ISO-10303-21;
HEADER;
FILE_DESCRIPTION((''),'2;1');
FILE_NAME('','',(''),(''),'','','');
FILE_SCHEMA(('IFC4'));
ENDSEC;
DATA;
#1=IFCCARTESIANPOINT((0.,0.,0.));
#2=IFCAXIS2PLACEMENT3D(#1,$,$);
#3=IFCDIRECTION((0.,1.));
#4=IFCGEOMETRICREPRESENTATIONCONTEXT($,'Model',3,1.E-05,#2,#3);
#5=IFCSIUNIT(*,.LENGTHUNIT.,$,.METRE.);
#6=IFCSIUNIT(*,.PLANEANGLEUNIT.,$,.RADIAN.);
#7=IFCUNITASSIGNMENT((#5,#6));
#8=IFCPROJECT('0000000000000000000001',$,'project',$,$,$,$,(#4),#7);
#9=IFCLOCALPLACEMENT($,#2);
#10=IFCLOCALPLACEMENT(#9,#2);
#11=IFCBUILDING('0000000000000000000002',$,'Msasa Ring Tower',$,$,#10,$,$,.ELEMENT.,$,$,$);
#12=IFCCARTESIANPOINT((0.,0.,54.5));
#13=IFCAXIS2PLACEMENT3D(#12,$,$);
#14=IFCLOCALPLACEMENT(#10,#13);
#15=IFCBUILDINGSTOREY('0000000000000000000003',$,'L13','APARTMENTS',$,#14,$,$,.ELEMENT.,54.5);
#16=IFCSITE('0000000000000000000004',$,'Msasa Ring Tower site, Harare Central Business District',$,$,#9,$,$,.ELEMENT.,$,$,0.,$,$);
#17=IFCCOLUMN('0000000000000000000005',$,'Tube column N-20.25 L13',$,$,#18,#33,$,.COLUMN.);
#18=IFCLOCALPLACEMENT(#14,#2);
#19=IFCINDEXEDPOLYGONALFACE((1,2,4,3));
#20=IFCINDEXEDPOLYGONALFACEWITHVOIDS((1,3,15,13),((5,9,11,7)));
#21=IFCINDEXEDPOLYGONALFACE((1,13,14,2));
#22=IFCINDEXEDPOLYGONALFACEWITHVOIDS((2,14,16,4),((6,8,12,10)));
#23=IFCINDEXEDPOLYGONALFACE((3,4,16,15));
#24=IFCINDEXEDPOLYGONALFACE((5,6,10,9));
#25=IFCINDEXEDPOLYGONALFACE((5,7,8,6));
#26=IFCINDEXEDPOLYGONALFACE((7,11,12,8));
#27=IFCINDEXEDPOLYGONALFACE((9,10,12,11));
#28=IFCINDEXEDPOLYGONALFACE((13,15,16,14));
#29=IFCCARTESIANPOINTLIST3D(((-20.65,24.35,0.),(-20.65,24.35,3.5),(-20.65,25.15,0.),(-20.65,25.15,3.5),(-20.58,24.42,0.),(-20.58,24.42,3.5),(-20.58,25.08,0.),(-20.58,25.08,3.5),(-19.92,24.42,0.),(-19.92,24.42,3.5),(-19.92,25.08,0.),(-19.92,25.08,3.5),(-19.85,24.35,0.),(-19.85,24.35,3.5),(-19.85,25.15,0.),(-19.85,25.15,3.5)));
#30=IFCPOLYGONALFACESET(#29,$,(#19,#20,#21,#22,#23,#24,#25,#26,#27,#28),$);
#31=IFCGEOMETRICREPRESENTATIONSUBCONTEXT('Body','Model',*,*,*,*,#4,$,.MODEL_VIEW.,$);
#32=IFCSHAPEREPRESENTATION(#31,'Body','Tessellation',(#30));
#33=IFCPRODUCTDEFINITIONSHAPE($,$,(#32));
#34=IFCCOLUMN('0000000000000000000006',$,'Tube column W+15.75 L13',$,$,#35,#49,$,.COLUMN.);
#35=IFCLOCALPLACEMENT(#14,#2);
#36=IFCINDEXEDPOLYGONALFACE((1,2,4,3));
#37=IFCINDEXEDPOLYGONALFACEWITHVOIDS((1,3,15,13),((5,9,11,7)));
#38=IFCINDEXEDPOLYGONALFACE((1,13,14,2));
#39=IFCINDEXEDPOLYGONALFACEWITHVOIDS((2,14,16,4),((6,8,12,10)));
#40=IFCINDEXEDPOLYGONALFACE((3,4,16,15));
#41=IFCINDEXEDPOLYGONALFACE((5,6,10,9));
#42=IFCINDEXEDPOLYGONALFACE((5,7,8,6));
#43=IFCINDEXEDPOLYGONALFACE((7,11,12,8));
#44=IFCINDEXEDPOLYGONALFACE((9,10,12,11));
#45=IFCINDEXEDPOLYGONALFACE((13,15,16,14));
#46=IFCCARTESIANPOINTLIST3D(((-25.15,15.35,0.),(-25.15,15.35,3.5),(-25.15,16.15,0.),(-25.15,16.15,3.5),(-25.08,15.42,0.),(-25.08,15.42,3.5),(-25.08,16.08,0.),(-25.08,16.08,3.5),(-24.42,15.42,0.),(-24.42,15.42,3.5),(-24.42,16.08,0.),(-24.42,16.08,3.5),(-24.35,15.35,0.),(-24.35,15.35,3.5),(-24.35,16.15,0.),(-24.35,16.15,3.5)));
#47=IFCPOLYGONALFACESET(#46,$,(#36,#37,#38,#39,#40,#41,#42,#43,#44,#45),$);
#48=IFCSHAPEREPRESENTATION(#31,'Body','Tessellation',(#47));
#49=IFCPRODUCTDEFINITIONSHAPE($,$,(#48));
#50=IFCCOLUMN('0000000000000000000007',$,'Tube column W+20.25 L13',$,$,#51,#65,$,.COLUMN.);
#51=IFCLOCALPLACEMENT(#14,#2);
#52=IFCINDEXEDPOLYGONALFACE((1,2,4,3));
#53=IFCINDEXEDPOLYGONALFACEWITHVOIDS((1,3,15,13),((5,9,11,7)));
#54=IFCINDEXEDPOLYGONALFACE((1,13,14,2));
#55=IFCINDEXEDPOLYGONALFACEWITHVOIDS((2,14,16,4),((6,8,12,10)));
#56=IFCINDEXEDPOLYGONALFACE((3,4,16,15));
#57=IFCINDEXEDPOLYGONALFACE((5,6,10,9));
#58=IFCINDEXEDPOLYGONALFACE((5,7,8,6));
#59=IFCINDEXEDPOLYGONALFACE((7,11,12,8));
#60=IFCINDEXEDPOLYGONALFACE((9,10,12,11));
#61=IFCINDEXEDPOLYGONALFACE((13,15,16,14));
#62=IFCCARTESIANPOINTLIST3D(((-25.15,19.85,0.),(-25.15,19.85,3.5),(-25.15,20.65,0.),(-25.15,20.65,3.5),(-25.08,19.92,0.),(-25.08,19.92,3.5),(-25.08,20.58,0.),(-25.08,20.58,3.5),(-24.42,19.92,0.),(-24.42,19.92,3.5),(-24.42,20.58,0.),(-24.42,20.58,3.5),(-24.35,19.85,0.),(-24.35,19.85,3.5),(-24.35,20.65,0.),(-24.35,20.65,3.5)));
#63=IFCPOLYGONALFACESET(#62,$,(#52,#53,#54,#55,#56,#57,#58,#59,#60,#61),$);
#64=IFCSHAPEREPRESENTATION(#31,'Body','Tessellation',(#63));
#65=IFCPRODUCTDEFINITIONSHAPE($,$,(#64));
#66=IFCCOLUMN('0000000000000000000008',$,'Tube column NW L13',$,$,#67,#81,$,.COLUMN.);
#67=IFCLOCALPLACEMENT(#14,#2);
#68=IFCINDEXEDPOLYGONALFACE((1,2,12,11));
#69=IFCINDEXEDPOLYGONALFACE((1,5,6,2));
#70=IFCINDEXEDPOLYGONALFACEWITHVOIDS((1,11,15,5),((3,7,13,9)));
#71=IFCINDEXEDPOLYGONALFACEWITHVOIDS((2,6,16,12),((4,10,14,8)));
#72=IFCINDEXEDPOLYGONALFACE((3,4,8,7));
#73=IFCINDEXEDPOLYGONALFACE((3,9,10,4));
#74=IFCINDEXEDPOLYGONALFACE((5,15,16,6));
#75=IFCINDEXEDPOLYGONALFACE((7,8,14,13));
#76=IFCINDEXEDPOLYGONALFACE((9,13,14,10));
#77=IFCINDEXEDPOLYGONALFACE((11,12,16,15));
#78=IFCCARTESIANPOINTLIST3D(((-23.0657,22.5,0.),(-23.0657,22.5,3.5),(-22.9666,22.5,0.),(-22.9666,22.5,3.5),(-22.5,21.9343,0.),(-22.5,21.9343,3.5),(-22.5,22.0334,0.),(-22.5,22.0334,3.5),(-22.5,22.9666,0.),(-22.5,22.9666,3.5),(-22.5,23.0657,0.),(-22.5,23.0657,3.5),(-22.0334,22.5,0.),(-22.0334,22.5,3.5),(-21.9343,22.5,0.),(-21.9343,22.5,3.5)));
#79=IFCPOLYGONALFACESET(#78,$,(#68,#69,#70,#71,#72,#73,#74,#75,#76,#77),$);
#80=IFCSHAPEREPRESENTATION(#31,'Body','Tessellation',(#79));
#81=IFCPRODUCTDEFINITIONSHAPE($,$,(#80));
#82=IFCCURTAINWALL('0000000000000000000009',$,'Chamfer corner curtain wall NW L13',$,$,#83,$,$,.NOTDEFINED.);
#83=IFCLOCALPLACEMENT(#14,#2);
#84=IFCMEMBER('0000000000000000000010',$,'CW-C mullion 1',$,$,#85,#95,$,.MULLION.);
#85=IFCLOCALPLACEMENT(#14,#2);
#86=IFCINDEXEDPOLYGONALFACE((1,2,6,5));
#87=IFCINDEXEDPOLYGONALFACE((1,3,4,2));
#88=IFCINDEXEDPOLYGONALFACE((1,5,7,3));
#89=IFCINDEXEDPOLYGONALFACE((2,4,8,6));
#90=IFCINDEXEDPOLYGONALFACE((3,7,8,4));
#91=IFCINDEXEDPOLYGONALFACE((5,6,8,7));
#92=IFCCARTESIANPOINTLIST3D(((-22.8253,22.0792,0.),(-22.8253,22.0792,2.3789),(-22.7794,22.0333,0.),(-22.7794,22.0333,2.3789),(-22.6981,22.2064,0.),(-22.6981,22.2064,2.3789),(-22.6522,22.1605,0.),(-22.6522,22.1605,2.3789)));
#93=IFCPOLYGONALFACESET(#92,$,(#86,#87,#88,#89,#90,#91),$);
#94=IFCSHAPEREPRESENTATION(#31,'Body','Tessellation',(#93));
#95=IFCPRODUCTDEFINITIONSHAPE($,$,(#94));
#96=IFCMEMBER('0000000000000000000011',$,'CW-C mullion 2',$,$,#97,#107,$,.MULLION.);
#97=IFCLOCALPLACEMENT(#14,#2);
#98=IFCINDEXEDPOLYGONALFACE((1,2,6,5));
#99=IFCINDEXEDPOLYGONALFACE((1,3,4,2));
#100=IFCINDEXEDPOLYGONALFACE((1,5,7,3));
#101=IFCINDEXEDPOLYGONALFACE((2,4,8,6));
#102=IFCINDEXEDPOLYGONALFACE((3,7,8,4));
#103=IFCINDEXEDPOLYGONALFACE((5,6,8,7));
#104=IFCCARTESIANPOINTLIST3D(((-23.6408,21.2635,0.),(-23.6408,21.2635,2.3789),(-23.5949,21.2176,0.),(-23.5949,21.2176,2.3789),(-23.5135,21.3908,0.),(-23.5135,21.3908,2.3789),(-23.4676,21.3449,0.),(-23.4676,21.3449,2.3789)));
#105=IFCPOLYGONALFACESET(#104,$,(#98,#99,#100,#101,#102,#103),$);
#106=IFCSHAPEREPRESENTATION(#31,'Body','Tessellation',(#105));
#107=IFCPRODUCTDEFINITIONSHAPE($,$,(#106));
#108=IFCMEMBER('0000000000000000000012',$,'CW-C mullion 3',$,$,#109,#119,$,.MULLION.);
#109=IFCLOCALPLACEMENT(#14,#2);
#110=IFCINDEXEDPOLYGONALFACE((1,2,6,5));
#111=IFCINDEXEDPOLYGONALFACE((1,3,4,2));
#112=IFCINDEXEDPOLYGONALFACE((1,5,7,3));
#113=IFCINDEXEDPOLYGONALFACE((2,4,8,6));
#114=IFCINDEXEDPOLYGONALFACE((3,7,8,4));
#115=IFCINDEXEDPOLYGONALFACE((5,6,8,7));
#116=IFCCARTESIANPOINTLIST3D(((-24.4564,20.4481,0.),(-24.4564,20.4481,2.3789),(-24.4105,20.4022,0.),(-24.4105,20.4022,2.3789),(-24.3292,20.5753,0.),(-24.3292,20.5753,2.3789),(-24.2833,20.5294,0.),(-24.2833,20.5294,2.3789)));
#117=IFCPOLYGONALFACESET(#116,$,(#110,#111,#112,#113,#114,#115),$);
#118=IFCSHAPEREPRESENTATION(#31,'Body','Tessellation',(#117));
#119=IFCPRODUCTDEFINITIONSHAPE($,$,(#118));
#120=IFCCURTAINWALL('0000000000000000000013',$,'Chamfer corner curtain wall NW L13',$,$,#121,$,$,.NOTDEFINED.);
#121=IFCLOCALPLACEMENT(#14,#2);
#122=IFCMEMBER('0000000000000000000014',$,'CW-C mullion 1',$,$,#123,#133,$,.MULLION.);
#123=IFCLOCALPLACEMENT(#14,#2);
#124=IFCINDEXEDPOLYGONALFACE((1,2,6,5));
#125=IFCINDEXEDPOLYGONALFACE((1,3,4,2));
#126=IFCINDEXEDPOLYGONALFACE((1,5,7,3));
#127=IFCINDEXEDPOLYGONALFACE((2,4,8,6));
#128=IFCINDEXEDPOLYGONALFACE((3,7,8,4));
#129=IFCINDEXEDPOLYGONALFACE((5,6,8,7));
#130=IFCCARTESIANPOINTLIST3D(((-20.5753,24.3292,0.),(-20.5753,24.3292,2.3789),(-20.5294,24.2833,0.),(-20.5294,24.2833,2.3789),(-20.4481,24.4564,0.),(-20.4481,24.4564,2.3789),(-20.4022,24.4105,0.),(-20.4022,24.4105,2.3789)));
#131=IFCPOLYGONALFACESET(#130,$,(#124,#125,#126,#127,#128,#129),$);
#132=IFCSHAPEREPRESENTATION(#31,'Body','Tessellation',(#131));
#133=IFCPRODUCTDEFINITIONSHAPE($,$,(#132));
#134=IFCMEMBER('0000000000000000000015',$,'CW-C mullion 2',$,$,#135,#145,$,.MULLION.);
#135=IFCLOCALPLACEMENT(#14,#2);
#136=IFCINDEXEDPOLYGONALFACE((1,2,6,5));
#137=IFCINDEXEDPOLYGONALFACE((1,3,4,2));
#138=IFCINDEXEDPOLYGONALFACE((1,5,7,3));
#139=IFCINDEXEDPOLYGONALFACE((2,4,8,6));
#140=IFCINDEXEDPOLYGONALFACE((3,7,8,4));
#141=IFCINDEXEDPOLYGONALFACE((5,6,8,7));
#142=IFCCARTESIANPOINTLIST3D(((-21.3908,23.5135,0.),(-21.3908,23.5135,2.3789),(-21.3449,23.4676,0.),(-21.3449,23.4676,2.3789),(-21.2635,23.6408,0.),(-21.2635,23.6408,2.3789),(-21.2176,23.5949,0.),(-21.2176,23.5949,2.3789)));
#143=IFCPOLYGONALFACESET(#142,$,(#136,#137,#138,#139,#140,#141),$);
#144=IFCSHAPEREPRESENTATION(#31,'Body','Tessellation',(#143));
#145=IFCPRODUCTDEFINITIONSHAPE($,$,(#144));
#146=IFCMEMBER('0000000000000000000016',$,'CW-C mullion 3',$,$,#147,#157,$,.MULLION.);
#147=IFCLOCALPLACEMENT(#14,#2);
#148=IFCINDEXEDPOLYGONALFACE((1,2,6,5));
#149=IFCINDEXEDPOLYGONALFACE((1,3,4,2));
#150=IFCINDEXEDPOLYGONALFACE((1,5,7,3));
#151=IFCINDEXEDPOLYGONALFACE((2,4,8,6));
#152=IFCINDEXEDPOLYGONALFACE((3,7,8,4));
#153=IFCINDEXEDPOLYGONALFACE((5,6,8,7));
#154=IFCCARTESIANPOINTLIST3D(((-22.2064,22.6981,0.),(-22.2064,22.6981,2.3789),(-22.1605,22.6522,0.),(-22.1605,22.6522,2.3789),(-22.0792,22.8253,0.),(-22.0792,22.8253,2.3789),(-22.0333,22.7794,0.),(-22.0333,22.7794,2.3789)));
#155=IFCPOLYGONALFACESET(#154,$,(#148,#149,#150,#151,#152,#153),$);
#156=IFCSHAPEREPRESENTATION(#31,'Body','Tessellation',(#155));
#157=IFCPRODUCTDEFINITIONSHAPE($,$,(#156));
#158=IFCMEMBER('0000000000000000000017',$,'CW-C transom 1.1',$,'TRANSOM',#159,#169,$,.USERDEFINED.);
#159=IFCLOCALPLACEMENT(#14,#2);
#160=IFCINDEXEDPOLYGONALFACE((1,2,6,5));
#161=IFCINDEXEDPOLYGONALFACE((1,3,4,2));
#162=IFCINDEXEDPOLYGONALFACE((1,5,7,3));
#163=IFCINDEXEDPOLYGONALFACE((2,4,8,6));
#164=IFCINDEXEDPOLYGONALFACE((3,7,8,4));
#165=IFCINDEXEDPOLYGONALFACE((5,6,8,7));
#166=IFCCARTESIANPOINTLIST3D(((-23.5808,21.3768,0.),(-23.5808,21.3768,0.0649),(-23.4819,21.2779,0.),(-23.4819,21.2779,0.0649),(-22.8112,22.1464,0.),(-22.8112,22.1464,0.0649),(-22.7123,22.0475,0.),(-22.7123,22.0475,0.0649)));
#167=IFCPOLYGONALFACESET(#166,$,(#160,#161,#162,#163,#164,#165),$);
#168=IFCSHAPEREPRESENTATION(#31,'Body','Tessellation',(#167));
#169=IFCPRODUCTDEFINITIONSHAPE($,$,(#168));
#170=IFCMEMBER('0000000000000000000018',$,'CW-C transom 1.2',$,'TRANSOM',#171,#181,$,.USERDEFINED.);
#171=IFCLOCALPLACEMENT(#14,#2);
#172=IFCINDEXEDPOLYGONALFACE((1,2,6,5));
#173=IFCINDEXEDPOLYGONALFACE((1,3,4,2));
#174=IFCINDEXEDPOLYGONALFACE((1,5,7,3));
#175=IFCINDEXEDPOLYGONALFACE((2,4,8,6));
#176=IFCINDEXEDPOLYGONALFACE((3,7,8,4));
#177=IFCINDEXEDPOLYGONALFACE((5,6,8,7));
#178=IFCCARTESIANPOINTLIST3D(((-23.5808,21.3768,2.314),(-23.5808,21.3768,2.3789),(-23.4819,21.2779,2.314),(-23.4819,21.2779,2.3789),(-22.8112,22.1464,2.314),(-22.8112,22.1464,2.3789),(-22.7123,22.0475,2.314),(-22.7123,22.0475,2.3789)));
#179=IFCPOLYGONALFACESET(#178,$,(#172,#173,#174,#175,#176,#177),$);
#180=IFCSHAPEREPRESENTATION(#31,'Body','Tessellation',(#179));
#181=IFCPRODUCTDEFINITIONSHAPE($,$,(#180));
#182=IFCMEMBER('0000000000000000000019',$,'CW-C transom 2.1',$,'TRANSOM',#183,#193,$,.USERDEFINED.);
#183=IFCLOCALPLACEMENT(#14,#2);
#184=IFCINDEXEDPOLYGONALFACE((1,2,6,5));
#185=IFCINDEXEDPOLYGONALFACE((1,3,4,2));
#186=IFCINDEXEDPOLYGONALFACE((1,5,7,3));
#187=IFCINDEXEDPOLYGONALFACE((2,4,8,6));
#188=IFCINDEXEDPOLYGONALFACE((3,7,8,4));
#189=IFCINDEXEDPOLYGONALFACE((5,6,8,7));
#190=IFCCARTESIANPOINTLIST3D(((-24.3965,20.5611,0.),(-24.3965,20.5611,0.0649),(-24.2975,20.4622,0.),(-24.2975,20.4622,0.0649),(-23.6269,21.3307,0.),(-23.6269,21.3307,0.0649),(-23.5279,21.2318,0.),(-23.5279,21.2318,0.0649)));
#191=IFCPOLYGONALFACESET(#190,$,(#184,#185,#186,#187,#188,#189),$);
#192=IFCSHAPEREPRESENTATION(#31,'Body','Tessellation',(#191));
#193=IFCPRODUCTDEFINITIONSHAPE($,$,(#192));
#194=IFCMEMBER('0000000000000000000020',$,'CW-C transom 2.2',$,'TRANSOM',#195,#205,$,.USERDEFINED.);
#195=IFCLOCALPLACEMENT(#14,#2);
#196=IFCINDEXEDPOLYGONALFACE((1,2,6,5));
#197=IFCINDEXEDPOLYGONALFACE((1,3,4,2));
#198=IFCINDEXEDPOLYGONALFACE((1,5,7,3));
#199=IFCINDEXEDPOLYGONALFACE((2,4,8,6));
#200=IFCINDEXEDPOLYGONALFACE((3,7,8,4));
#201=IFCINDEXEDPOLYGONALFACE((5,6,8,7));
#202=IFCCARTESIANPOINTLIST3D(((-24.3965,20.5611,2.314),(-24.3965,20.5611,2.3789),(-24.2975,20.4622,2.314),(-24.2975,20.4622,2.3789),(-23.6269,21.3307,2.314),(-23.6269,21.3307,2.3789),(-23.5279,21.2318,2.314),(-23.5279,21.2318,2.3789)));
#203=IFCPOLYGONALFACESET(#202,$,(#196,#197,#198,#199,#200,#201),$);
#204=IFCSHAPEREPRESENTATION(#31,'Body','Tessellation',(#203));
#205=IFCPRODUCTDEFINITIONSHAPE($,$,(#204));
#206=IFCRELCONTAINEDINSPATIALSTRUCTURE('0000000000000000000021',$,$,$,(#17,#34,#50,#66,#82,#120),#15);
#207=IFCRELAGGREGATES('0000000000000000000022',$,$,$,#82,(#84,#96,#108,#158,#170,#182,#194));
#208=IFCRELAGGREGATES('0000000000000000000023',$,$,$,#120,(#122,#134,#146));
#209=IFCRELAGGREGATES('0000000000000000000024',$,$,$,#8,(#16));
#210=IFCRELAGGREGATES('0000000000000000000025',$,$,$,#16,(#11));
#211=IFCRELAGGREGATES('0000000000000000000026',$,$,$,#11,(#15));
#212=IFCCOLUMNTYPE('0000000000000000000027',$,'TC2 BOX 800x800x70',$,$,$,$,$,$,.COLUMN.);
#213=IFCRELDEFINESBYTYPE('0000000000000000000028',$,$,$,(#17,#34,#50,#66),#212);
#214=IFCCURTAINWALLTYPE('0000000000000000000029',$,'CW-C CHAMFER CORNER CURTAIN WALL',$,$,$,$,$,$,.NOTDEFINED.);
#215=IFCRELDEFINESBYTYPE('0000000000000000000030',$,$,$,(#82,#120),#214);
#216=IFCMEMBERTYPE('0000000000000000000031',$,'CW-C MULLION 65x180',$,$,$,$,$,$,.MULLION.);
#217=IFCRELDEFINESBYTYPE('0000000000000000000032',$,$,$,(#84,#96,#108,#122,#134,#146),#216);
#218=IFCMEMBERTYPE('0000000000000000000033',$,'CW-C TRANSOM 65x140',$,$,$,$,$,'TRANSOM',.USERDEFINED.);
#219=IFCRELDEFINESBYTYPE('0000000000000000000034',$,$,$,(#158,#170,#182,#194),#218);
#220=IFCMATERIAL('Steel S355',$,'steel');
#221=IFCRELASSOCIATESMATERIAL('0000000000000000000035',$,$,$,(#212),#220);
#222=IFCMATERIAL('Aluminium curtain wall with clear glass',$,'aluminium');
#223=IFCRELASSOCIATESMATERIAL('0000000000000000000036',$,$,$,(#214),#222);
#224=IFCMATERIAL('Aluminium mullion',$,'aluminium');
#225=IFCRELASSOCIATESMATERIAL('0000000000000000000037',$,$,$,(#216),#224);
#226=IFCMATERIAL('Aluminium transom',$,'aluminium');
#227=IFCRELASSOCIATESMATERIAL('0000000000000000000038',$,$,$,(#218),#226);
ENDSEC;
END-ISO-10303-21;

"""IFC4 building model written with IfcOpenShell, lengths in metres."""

from ifc_helpers import new_model, si_unit, direction, frame, origin, origin_2d, place, context, subcontext, project, spatial, rectangle, hollow_rectangle, extrude, material, material_profile, profile_set, type_object, element, aggregate, save


model = new_model("IFC4")

# Units and contexts
model_context = context("Model", 3, precision=1e-05, world=origin(), true_north=direction((0.0, 1.0)))
body_context = subcontext(model_context, "Body", "Model", "MODEL_VIEW")
ifc_project = project(units=[si_unit("LENGTHUNIT", "METRE"), si_unit("PLANEANGLEUNIT", "RADIAN")], contexts=[model_context])

# Site, building, storey
site_placement = place(None, origin())
site = spatial("IfcSite", under=ifc_project, at=site_placement, Name="Msasa Ring Tower site, Harare Central Business District", CompositionType="ELEMENT", RefElevation=0.0)
building_placement = place(site_placement, origin())
building = spatial("IfcBuilding", under=site, at=building_placement, Name="Msasa Ring Tower", CompositionType="ELEMENT")
storey_placement = place(building_placement, frame((0.0, 0.0, 54.5)))
storey = spatial("IfcBuildingStorey", under=building, at=storey_placement, Name="L13", Description="APARTMENTS", CompositionType="ELEMENT", Elevation=54.5)

# Columns
ifc_material_1 = material(Name="Steel S355", Category="steel")
ifc_material_profile_1 = material_profile(ifc_material_1, hollow_rectangle(XDim=0.8, YDim=0.8, WallThickness=0.0701, at=origin_2d()), Name="BOX 800x800x70")
ifc_profile_set_1 = profile_set([ifc_material_profile_1], Name="Steel S355")
column_type = type_object("IfcColumnType", Name="TC2 BOX 800x800x70", PredefinedType="COLUMN", material=ifc_profile_set_1)
for number, where, z_axis, x_axis, name in (
    (1, (-20.25, 24.75, 0.0), (0.0, 0.0, 1.0), (0.0, 1.0, 0.0), "Tube column N-20.25 L13"),
    (2, (-24.75, 15.75, 0.0), (0.0, 0.0, 1.0), (1.0, 0.0, 0.0), "Tube column W+15.75 L13"),
    (3, (-24.75, 20.25, 0.0), (0.0, 0.0, 1.0), (1.0, 0.0, 0.0), "Tube column W+20.25 L13"),
    (4, (-22.5, 22.5, 0.0), (0.0, 0.0, 1.0), (0.707107, -0.707107, 0.0), "Tube column NW L13"),
):
    element("IfcColumn", number, at=place(storey_placement, frame(where, z_axis=z_axis, x_axis=x_axis)), inside=storey, type_object=column_type, Name=name, PredefinedType="COLUMN", context=body_context, shape_type="SweptSolid", body=[
        extrude(hollow_rectangle(XDim=0.8, YDim=0.8, WallThickness=0.0701, at=origin_2d()), origin(), (0.0, 0.0, 1.0), 3.5),
    ])

# Curtain walls, members
ifc_material_2 = material(Name="Aluminium curtain wall with clear glass", Category="aluminium")
curtain_wall_type = type_object("IfcCurtainWallType", Name="CW-C CHAMFER CORNER CURTAIN WALL", PredefinedType="NOTDEFINED", material=ifc_material_2)
curtain_wall_1_placement = place(storey_placement, origin())
curtain_wall_1 = element("IfcCurtainWall", 5, at=curtain_wall_1_placement, inside=storey, type_object=curtain_wall_type, Name="Chamfer corner curtain wall NW L13", PredefinedType="NOTDEFINED")
ifc_material_3 = material(Name="Aluminium mullion", Category="aluminium")
ifc_material_profile_2 = material_profile(ifc_material_3, rectangle(XDim=0.0649, YDim=0.1799, at=origin_2d()), Name="AL 65x180")
ifc_profile_set_2 = profile_set([ifc_material_profile_2], Name="Aluminium mullion")
member_type_1 = type_object("IfcMemberType", Name="CW-C MULLION 65x180", PredefinedType="MULLION", material=ifc_profile_set_2)
member_1_placement = place(storey_placement, frame((-22.7388, 22.1199, 0.0), z_axis=(0.0, 0.0, 1.0), x_axis=(0.707107, -0.707107, 0.0)))
member_1 = element("IfcMember", 6, at=member_1_placement, type_object=member_type_1, Name="CW-C mullion 1", PredefinedType="MULLION", context=body_context, shape_type="SweptSolid", body=[
    extrude(rectangle(XDim=0.0649, YDim=0.1799, at=origin_2d()), origin(), (0.0, 0.0, 1.0), 2.3789),
])
member_2_placement = place(storey_placement, frame((-23.5542, 21.3042, 0.0), z_axis=(0.0, 0.0, 1.0), x_axis=(0.707107, -0.707107, 0.0)))
member_2 = element("IfcMember", 7, at=member_2_placement, type_object=member_type_1, Name="CW-C mullion 2", PredefinedType="MULLION", context=body_context, shape_type="SweptSolid", body=[
    extrude(rectangle(XDim=0.0649, YDim=0.1799, at=origin_2d()), origin(), (0.0, 0.0, 1.0), 2.3789),
])
member_3_placement = place(storey_placement, frame((-24.3699, 20.4888, 0.0), z_axis=(0.0, 0.0, 1.0), x_axis=(0.707107, -0.707107, 0.0)))
member_3 = element("IfcMember", 8, at=member_3_placement, type_object=member_type_1, Name="CW-C mullion 3", PredefinedType="MULLION", context=body_context, shape_type="SweptSolid", body=[
    extrude(rectangle(XDim=0.0649, YDim=0.1799, at=origin_2d()), origin(), (0.0, 0.0, 1.0), 2.3789),
])
curtain_wall_2_placement = place(storey_placement, origin())
curtain_wall_2 = element("IfcCurtainWall", 9, at=curtain_wall_2_placement, inside=storey, type_object=curtain_wall_type, Name="Chamfer corner curtain wall NW L13", PredefinedType="NOTDEFINED")
member_4_placement = place(storey_placement, frame((-20.4888, 24.3699, 0.0), z_axis=(0.0, 0.0, 1.0), x_axis=(0.707107, -0.707107, 0.0)))
member_4 = element("IfcMember", 10, at=member_4_placement, type_object=member_type_1, Name="CW-C mullion 1", PredefinedType="MULLION", context=body_context, shape_type="SweptSolid", body=[
    extrude(rectangle(XDim=0.0649, YDim=0.1799, at=origin_2d()), origin(), (0.0, 0.0, 1.0), 2.3789),
])
member_5_placement = place(storey_placement, frame((-21.3042, 23.5542, 0.0), z_axis=(0.0, 0.0, 1.0), x_axis=(0.707107, -0.707107, 0.0)))
member_5 = element("IfcMember", 11, at=member_5_placement, type_object=member_type_1, Name="CW-C mullion 2", PredefinedType="MULLION", context=body_context, shape_type="SweptSolid", body=[
    extrude(rectangle(XDim=0.0649, YDim=0.1799, at=origin_2d()), origin(), (0.0, 0.0, 1.0), 2.3789),
])
member_6_placement = place(storey_placement, frame((-22.1199, 22.7388, 0.0), z_axis=(0.0, 0.0, 1.0), x_axis=(0.707107, -0.707107, 0.0)))
member_6 = element("IfcMember", 12, at=member_6_placement, type_object=member_type_1, Name="CW-C mullion 3", PredefinedType="MULLION", context=body_context, shape_type="SweptSolid", body=[
    extrude(rectangle(XDim=0.0649, YDim=0.1799, at=origin_2d()), origin(), (0.0, 0.0, 1.0), 2.3789),
])

# Members
ifc_material_4 = material(Name="Aluminium transom", Category="aluminium")
ifc_material_profile_3 = material_profile(ifc_material_4, rectangle(XDim=0.1399, YDim=0.0649, at=origin_2d()), Name="AL 65x140")
ifc_profile_set_3 = profile_set([ifc_material_profile_3], Name="Aluminium transom")
member_type_2 = type_object("IfcMemberType", Name="CW-C TRANSOM 65x140", ElementType="TRANSOM", PredefinedType="USERDEFINED", material=ifc_profile_set_3)
member_7_placement = place(storey_placement, frame((-22.7617, 22.0969, 0.0325), z_axis=(-0.707107, -0.707107, 0.0), x_axis=(0.707107, -0.707107, 0.0)))
member_7 = element("IfcMember", 13, at=member_7_placement, type_object=member_type_2, Name="CW-C transom 1.1", ObjectType="TRANSOM", PredefinedType="USERDEFINED", context=body_context, shape_type="SweptSolid", body=[
    extrude(rectangle(XDim=0.1399, YDim=0.0649, at=origin_2d()), origin(), (0.0, 0.0, 1.0), 1.0884),
])
member_8_placement = place(storey_placement, frame((-22.7617, 22.0969, 2.3464), z_axis=(-0.707107, -0.707107, 0.0), x_axis=(0.707107, -0.707107, 0.0)))
member_8 = element("IfcMember", 14, at=member_8_placement, type_object=member_type_2, Name="CW-C transom 1.2", ObjectType="TRANSOM", PredefinedType="USERDEFINED", context=body_context, shape_type="SweptSolid", body=[
    extrude(rectangle(XDim=0.1399, YDim=0.0649, at=origin_2d()), origin(), (0.0, 0.0, 1.0), 1.0884),
])
member_9_placement = place(storey_placement, frame((-23.5774, 21.2812, 0.0325), z_axis=(-0.707107, -0.707107, 0.0), x_axis=(0.707107, -0.707107, 0.0)))
member_9 = element("IfcMember", 15, at=member_9_placement, type_object=member_type_2, Name="CW-C transom 2.1", ObjectType="TRANSOM", PredefinedType="USERDEFINED", context=body_context, shape_type="SweptSolid", body=[
    extrude(rectangle(XDim=0.1399, YDim=0.0649, at=origin_2d()), origin(), (0.0, 0.0, 1.0), 1.0884),
])
member_10_placement = place(storey_placement, frame((-23.5774, 21.2812, 2.3464), z_axis=(-0.707107, -0.707107, 0.0), x_axis=(0.707107, -0.707107, 0.0)))
member_10 = element("IfcMember", 16, at=member_10_placement, type_object=member_type_2, Name="CW-C transom 2.2", ObjectType="TRANSOM", PredefinedType="USERDEFINED", context=body_context, shape_type="SweptSolid", body=[
    extrude(rectangle(XDim=0.1399, YDim=0.0649, at=origin_2d()), origin(), (0.0, 0.0, 1.0), 1.0884),
])

aggregate(curtain_wall_1, [member_1, member_2, member_3, member_7, member_8, member_9, member_10])
aggregate(curtain_wall_2, [member_4, member_5, member_6])

save(model, "model.ifc")
